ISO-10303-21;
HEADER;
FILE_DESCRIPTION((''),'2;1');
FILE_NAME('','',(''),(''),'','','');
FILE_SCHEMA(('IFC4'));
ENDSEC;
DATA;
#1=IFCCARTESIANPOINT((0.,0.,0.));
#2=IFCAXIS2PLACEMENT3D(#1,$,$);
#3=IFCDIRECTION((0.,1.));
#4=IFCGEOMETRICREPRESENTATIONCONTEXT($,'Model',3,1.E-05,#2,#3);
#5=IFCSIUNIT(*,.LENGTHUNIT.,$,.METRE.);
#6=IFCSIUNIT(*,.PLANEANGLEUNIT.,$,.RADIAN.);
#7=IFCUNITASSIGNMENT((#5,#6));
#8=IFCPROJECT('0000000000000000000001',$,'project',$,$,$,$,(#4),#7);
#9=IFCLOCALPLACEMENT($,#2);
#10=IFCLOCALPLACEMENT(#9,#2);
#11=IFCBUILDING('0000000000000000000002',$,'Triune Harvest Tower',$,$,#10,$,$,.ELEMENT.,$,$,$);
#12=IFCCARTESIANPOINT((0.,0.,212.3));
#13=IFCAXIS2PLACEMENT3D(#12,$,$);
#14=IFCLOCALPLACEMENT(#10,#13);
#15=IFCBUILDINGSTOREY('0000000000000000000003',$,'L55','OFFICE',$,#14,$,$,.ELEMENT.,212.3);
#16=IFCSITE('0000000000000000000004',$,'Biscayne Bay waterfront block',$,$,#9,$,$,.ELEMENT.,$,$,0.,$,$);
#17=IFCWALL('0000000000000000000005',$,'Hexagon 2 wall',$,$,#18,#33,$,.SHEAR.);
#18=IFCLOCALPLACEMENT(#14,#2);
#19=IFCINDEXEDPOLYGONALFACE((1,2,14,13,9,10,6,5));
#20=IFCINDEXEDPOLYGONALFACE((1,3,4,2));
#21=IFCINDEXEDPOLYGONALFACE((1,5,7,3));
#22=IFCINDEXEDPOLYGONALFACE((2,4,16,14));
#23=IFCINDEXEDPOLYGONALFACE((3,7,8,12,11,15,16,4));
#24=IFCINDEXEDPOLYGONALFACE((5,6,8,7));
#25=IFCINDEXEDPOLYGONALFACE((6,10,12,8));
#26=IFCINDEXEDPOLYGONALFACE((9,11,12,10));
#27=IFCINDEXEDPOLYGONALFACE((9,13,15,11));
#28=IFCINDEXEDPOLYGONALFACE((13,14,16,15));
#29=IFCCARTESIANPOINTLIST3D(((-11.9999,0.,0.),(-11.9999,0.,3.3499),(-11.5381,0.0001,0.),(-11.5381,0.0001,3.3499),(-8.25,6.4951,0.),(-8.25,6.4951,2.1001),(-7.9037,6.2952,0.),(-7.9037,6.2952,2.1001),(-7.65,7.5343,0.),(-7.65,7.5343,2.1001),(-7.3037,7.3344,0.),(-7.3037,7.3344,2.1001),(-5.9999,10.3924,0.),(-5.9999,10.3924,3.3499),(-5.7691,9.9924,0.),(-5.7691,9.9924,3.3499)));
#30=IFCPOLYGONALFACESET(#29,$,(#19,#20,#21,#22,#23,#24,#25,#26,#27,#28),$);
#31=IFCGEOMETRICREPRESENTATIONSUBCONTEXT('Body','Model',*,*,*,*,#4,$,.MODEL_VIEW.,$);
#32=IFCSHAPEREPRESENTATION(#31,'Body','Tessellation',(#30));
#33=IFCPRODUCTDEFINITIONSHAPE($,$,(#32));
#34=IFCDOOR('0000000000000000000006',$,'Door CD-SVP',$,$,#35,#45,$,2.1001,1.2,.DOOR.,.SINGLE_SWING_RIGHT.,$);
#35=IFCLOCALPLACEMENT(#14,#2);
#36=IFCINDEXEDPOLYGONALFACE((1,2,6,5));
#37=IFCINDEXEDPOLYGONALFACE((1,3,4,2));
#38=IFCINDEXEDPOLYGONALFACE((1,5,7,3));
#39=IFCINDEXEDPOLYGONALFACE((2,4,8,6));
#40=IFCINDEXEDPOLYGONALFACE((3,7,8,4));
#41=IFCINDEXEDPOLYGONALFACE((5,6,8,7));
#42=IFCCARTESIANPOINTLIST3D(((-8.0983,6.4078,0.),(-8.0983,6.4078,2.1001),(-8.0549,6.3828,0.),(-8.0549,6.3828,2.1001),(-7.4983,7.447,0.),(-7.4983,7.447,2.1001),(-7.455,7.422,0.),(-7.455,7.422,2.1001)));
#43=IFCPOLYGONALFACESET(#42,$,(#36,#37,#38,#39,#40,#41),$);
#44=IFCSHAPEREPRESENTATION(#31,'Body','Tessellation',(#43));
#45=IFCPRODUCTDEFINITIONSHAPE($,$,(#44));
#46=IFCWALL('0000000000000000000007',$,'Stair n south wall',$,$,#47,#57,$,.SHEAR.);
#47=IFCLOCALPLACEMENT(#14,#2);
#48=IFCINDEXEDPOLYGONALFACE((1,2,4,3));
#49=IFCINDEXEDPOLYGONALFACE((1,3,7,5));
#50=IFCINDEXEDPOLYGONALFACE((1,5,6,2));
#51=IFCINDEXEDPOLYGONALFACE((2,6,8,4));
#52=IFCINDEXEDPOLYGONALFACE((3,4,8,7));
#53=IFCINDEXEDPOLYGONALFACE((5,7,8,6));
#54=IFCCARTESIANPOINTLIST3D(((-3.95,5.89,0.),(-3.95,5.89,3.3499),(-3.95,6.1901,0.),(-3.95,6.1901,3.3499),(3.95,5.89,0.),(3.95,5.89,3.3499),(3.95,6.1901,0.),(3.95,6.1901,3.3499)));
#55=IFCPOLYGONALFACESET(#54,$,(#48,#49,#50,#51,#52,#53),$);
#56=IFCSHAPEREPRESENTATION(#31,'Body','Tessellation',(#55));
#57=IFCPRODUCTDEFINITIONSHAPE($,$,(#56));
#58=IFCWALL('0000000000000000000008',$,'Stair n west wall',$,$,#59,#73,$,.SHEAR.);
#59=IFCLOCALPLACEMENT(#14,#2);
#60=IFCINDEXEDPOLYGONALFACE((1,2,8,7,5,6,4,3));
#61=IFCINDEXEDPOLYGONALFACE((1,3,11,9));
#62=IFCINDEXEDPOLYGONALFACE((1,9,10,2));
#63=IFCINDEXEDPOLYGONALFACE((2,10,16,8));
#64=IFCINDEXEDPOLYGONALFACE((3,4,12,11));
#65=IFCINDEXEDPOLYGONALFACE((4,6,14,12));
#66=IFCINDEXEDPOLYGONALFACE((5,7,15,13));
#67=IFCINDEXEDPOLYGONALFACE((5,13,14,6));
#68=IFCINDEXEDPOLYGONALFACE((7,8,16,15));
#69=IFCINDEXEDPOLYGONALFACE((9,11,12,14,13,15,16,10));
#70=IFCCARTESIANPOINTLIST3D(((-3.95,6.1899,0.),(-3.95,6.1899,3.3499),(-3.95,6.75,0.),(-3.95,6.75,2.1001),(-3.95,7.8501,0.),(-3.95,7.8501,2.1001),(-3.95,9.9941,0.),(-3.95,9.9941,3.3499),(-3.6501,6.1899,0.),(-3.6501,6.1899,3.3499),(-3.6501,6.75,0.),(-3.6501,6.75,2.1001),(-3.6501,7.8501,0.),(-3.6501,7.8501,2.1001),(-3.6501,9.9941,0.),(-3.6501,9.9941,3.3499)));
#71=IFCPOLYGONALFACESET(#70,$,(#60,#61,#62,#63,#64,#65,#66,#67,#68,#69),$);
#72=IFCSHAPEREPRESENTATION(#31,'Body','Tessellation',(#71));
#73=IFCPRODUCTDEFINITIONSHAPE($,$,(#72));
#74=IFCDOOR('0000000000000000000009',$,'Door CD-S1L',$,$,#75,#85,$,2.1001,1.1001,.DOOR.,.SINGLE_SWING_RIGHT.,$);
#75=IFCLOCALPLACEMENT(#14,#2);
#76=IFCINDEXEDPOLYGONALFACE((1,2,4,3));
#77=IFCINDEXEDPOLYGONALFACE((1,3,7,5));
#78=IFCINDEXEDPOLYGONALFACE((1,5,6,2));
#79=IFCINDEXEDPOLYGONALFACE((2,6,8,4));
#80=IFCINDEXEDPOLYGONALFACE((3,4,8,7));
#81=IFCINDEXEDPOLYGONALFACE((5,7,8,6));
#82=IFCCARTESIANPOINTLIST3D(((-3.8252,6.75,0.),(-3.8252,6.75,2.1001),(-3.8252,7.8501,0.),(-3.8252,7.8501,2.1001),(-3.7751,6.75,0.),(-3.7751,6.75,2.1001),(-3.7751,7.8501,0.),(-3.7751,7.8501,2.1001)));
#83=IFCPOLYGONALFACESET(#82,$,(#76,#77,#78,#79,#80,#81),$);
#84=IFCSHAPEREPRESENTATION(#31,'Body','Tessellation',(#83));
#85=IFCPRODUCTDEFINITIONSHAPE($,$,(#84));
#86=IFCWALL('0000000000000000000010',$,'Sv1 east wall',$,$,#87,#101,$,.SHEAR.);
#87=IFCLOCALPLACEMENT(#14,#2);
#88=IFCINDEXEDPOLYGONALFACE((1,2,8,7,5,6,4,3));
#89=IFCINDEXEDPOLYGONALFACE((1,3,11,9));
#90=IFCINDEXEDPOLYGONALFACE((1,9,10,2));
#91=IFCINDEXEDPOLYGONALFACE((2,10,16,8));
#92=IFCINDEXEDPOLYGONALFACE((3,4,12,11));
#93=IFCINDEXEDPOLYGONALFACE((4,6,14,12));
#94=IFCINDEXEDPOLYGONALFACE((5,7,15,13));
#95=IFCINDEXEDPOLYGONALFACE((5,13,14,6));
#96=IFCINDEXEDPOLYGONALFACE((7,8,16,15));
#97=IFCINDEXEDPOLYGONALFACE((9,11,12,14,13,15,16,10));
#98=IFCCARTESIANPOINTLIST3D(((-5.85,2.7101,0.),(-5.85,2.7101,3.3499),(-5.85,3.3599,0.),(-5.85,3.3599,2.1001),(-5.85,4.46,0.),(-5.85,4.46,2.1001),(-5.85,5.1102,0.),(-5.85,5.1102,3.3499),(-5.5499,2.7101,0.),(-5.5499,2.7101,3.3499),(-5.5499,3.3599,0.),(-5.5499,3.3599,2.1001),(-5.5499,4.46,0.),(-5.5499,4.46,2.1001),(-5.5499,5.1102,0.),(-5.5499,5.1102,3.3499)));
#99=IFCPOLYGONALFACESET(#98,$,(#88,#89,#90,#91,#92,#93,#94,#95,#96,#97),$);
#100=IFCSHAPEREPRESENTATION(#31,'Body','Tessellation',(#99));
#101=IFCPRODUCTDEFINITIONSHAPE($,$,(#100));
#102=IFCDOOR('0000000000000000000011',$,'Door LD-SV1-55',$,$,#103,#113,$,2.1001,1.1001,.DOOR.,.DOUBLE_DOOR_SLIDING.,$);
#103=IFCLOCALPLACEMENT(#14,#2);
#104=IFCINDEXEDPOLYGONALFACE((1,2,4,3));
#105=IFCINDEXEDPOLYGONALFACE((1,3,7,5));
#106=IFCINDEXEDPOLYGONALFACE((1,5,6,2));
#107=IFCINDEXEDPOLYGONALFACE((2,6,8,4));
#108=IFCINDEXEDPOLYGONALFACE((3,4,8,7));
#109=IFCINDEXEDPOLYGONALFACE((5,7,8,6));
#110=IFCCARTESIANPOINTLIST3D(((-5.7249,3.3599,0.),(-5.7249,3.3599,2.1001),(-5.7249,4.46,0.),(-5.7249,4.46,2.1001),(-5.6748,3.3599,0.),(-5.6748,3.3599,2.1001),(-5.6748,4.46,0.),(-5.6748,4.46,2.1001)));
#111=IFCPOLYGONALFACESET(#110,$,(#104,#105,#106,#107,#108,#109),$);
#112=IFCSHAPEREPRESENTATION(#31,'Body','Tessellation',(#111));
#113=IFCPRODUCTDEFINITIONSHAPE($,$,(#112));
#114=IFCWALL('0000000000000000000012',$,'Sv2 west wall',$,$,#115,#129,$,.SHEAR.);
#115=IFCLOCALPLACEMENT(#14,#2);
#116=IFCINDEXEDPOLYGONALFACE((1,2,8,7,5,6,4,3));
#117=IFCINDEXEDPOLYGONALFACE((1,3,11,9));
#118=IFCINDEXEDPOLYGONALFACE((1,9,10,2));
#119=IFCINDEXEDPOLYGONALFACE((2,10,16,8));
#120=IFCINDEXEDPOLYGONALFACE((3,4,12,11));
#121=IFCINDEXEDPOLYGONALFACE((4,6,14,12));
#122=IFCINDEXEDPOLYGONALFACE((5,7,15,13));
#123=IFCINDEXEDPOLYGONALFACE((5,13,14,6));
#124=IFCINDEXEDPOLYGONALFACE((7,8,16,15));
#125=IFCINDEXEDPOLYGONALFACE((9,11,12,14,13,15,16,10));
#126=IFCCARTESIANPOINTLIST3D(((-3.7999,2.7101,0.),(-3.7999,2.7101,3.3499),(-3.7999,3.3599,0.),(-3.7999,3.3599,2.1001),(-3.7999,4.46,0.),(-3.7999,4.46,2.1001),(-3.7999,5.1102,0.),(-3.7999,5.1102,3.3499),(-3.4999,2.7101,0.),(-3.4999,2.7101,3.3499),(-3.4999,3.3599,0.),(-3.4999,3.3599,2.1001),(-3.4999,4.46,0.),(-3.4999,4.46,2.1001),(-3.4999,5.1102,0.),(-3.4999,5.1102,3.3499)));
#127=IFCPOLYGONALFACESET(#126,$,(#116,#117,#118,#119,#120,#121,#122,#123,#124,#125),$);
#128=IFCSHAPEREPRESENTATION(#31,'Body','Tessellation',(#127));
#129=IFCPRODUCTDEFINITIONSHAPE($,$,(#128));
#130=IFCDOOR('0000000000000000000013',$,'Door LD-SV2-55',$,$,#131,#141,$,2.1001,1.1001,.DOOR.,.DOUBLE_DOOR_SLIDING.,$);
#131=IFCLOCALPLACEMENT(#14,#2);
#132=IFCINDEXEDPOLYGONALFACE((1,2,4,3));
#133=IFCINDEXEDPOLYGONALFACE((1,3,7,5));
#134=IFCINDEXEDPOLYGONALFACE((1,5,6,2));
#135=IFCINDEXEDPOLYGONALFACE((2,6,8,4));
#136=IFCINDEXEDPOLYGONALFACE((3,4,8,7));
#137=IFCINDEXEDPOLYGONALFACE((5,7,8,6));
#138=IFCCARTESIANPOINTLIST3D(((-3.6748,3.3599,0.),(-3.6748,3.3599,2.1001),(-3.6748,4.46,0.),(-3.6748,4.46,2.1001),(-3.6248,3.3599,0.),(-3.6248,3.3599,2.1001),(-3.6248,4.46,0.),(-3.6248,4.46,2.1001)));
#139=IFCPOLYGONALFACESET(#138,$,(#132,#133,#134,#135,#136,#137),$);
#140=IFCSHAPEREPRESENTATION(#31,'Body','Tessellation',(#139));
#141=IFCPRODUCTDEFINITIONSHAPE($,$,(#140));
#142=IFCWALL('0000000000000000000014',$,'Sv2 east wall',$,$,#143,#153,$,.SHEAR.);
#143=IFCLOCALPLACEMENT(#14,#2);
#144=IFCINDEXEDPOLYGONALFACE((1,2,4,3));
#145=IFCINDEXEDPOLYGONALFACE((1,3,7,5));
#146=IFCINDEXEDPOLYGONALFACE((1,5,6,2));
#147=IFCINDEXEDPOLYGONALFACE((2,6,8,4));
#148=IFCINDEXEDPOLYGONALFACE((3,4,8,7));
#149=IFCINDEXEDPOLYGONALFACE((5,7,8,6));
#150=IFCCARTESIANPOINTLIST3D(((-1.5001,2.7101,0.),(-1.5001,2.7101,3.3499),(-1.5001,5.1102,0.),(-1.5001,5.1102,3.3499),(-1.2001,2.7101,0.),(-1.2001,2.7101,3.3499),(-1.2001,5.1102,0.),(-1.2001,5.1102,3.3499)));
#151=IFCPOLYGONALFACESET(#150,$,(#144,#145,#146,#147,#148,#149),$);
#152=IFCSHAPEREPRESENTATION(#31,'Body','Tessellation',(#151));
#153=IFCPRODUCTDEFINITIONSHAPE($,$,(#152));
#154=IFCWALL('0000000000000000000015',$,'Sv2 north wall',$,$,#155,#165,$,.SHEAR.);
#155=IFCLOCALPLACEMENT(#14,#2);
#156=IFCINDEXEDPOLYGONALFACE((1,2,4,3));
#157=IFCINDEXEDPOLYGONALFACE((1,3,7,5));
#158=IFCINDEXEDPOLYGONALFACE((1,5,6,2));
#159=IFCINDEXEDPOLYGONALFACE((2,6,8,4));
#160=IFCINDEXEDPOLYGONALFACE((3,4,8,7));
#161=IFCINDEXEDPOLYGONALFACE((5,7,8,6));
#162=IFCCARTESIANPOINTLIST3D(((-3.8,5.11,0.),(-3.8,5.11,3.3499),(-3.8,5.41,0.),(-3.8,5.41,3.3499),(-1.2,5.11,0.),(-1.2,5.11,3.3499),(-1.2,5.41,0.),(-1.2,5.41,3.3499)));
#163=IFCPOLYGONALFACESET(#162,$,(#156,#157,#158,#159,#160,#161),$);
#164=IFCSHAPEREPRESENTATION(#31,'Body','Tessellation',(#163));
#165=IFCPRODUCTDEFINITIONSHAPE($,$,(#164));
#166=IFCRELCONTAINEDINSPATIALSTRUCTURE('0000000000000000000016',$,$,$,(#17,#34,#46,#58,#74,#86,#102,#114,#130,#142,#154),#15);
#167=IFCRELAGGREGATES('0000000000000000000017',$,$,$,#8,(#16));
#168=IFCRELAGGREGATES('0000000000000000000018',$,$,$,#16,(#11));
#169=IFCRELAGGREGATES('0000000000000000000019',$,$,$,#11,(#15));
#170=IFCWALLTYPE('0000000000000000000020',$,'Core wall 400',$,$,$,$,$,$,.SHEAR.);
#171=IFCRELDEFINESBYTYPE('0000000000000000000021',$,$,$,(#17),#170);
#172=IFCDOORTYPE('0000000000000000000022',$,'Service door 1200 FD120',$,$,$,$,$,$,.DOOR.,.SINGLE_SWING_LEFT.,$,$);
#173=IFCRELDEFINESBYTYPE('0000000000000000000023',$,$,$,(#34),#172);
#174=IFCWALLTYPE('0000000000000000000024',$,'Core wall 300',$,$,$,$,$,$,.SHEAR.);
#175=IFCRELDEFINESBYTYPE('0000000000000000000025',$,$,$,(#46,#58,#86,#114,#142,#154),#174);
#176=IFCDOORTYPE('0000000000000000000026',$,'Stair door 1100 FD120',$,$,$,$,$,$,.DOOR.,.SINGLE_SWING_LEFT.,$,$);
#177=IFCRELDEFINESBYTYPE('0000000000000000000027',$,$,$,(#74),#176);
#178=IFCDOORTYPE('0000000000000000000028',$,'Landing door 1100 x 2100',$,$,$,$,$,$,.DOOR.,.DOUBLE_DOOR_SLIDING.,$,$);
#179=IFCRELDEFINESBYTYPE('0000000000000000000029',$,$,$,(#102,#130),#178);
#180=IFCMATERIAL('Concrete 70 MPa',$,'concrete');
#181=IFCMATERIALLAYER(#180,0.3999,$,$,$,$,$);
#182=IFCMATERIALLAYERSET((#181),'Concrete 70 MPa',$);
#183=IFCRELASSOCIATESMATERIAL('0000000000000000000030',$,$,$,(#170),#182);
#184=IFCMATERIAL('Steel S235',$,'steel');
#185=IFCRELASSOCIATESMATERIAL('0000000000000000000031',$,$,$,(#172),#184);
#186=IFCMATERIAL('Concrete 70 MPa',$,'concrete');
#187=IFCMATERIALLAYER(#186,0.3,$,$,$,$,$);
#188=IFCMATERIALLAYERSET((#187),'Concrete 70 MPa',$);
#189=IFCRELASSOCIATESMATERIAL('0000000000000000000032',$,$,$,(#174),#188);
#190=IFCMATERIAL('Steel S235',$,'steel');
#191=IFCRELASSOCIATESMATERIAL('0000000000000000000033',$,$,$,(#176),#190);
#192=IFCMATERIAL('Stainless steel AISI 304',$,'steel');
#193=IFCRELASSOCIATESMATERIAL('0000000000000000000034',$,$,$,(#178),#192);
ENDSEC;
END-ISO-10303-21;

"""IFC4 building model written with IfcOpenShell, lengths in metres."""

from ifc_helpers import new_model, si_unit, direction, frame, frame_2d, origin, place, context, subcontext, project, spatial, polyline, rectangle, outline, extrude, source, transform, mapped, material, layer, layer_set, type_object, element, fill, save


model = new_model("IFC4")

# Units and contexts
model_context = context("Model", 3, precision=1e-05, world=origin(), true_north=direction((0.0, 1.0)))
body_context = subcontext(model_context, "Body", "Model", "MODEL_VIEW")
ifc_project = project(units=[si_unit("LENGTHUNIT", "METRE"), si_unit("PLANEANGLEUNIT", "RADIAN")], contexts=[model_context])

# Site, building, storey
site_placement = place(None, origin())
site = spatial("IfcSite", under=ifc_project, at=site_placement, Name="Biscayne Bay waterfront block", CompositionType="ELEMENT", RefElevation=0.0)
building_placement = place(site_placement, origin())
building = spatial("IfcBuilding", under=site, at=building_placement, Name="Triune Harvest Tower", CompositionType="ELEMENT")
storey_placement = place(building_placement, frame((0.0, 0.0, 212.3)))
storey = spatial("IfcBuildingStorey", under=building, at=storey_placement, Name="L55", Description="OFFICE", CompositionType="ELEMENT", Elevation=212.3)

# Wall, opening, door
ifc_material_1 = material(Name="Concrete 70 MPa", Category="concrete")
ifc_layer_1 = layer(ifc_material_1, 0.3999)
ifc_layer_set_1 = layer_set([ifc_layer_1], Name="Concrete 70 MPa")
wall_type_1 = type_object("IfcWallType", Name="Core wall 400", PredefinedType="SHEAR", material=ifc_layer_set_1)
shared_shape_1 = source(origin(), body_context, "Body", "SweptSolid", [
    extrude(outline(polyline([(-0.1155, -0.2), (11.8845, -0.2), (11.6536, 0.2), (0.1155, 0.2), (-0.1155, -0.2)])), origin(), (0.0, 0.0, 1.0), 3.3499),
])
wall_1_placement = place(storey_placement, frame((-5.8845, 10.1924, 0.0), z_axis=(0.0, 0.0, 1.0), x_axis=(-0.499997, -0.866027, 0.0)))
wall_1 = element("IfcWall", 1, at=wall_1_placement, inside=storey, type_object=wall_type_1, Name="Hexagon 2 wall", PredefinedType="SHEAR", context=body_context, shape_type="MappedRepresentation", body=[
    mapped(shared_shape_1, transform((0.0, 0.0, 0.0), scale=1.0)),
])
opening_1_placement = place(wall_1_placement, frame((3.1846, 0.0, 0.0)))
opening_1 = element("IfcOpeningElement", 2, at=opening_1_placement, cuts=wall_1, PredefinedType="OPENING", context=body_context, shape_type="SweptSolid", body=[
    extrude(rectangle(XDim=1.2, YDim=2.1001, at=frame_2d((0.6001, 1.05))), frame((0.0, 0.21, 0.0), z_axis=(0.0, -1.0, 0.0), x_axis=(1.0, 0.0, 0.0)), (0.0, 0.0, 1.0), 0.4199),
])
ifc_material_2 = material(Name="Steel S235", Category="steel")
door_type_1 = type_object("IfcDoorType", Name="Service door 1200 FD120", OperationType="SINGLE_SWING_LEFT", PredefinedType="DOOR", material=ifc_material_2)
door_1_placement = place(opening_1_placement, frame((1.2, 0.0, 0.0), z_axis=(0.0, 0.0, 1.0), x_axis=(-1.0, 0.0, 0.0)))
door_1 = element("IfcDoor", 3, at=door_1_placement, inside=storey, type_object=door_type_1, Name="Door CD-SVP", OperationType="SINGLE_SWING_RIGHT", OverallHeight=2.1001, OverallWidth=1.2, PredefinedType="DOOR", context=body_context, shape_type="SweptSolid", body=[
    extrude(rectangle(XDim=1.2, YDim=2.1001, at=frame_2d((0.6001, 1.05))), frame((0.0, 0.0249, 0.0), z_axis=(0.0, -1.0, 0.0), x_axis=(1.0, 0.0, 0.0)), (0.0, 0.0, 1.0), 0.05),
])
fill(opening_1, door_1)

# Wall
ifc_material_3 = material(Name="Concrete 70 MPa", Category="concrete")
ifc_layer_2 = layer(ifc_material_3, 0.3)
ifc_layer_set_2 = layer_set([ifc_layer_2], Name="Concrete 70 MPa")
wall_type_2 = type_object("IfcWallType", Name="Core wall 300", PredefinedType="SHEAR", material=ifc_layer_set_2)
shared_shape_2 = source(origin(), body_context, "Body", "SweptSolid", [
    extrude(rectangle(XDim=7.8999, YDim=0.3, at=frame_2d((3.95, 0.0))), origin(), (0.0, 0.0, 1.0), 3.3499),
])
wall_2_placement = place(storey_placement, frame((-3.95, 6.04, 0.0), z_axis=(0.0, 0.0, 1.0), x_axis=(1.0, 0.0, 0.0)))
element("IfcWall", 4, at=wall_2_placement, inside=storey, type_object=wall_type_2, Name="Stair n south wall", PredefinedType="SHEAR", context=body_context, shape_type="MappedRepresentation", body=[
    mapped(shared_shape_2, transform((0.0, 0.0, 0.0), scale=1.0)),
])

# Walls, openings, doors
shared_shape_3 = source(origin(), body_context, "Body", "SweptSolid", [
    extrude(outline(polyline([(0.0, -0.1499), (0.0, 0.1499), (3.8042, 0.1499), (3.8042, -0.1499), (0.0, -0.1499)])), origin(), (0.0, 0.0, 1.0), 3.3499),
])
wall_3_placement = place(storey_placement, frame((-3.8, 6.1899, 0.0), z_axis=(0.0, 0.0, 1.0), x_axis=(0.0, 1.0, 0.0)))
wall_3 = element("IfcWall", 5, at=wall_3_placement, inside=storey, type_object=wall_type_2, Name="Stair n west wall", PredefinedType="SHEAR", context=body_context, shape_type="MappedRepresentation", body=[
    mapped(shared_shape_3, transform((0.0, 0.0, 0.0), scale=1.0)),
])
opening_2_placement = place(wall_3_placement, frame((0.5601, 0.0, 0.0)))
opening_2 = element("IfcOpeningElement", 6, at=opening_2_placement, cuts=wall_3, PredefinedType="OPENING", context=body_context, shape_type="SweptSolid", body=[
    extrude(rectangle(XDim=1.1001, YDim=2.1001, at=frame_2d((0.55, 1.05))), frame((0.0, 0.1602, 0.0), z_axis=(0.0, -1.0, 0.0), x_axis=(1.0, 0.0, 0.0)), (0.0, 0.0, 1.0), 0.3201),
])
ifc_material_4 = material(Name="Steel S235", Category="steel")
door_type_2 = type_object("IfcDoorType", Name="Stair door 1100 FD120", OperationType="SINGLE_SWING_LEFT", PredefinedType="DOOR", material=ifc_material_4)
door_2_placement = place(opening_2_placement, frame((1.1001, 0.0, 0.0), z_axis=(0.0, 0.0, 1.0), x_axis=(-1.0, 0.0, 0.0)))
door_2 = element("IfcDoor", 7, at=door_2_placement, inside=storey, type_object=door_type_2, Name="Door CD-S1L", OperationType="SINGLE_SWING_RIGHT", OverallHeight=2.1001, OverallWidth=1.1001, PredefinedType="DOOR", context=body_context, shape_type="SweptSolid", body=[
    extrude(rectangle(XDim=1.1001, YDim=2.1001, at=frame_2d((0.55, 1.05))), frame((0.0, 0.0249, 0.0), z_axis=(0.0, -1.0, 0.0), x_axis=(1.0, 0.0, 0.0)), (0.0, 0.0, 1.0), 0.05),
])
fill(opening_2, door_2)
shared_shape_4 = source(origin(), body_context, "Body", "SweptSolid", [
    extrude(rectangle(XDim=2.4001, YDim=0.3, at=frame_2d((1.2002, 0.0))), origin(), (0.0, 0.0, 1.0), 3.3499),
])
wall_4_placement = place(storey_placement, frame((-5.7, 2.71, 0.0), z_axis=(0.0, 0.0, 1.0), x_axis=(0.0, 1.0, 0.0)))
wall_4 = element("IfcWall", 8, at=wall_4_placement, inside=storey, type_object=wall_type_2, Name="Sv1 east wall", PredefinedType="SHEAR", context=body_context, shape_type="MappedRepresentation", body=[
    mapped(shared_shape_4, transform((0.0, 0.0, 0.0), scale=1.0)),
])
opening_3_placement = place(wall_4_placement, frame((0.6499, 0.0, 0.0)))
opening_3 = element("IfcOpeningElement", 9, at=opening_3_placement, cuts=wall_4, PredefinedType="OPENING", context=body_context, shape_type="SweptSolid", body=[
    extrude(rectangle(XDim=1.1001, YDim=2.1001, at=frame_2d((0.55, 1.05))), frame((0.0, 0.1602, 0.0), z_axis=(0.0, -1.0, 0.0), x_axis=(1.0, 0.0, 0.0)), (0.0, 0.0, 1.0), 0.3201),
])
ifc_material_5 = material(Name="Stainless steel AISI 304", Category="steel")
door_type_3 = type_object("IfcDoorType", Name="Landing door 1100 x 2100", OperationType="DOUBLE_DOOR_SLIDING", PredefinedType="DOOR", material=ifc_material_5)
door_3_placement = place(opening_3_placement, origin())
door_3 = element("IfcDoor", 10, at=door_3_placement, inside=storey, type_object=door_type_3, Name="Door LD-SV1-55", OperationType="DOUBLE_DOOR_SLIDING", OverallHeight=2.1001, OverallWidth=1.1001, PredefinedType="DOOR", context=body_context, shape_type="SweptSolid", body=[
    extrude(rectangle(XDim=1.1001, YDim=2.1001, at=frame_2d((0.55, 1.05))), frame((0.0, 0.0249, 0.0), z_axis=(0.0, -1.0, 0.0), x_axis=(1.0, 0.0, 0.0)), (0.0, 0.0, 1.0), 0.05),
])
fill(opening_3, door_3)
wall_5_placement = place(storey_placement, frame((-3.6499, 2.71, 0.0), z_axis=(0.0, 0.0, 1.0), x_axis=(0.0, 1.0, 0.0)))
wall_5 = element("IfcWall", 11, at=wall_5_placement, inside=storey, type_object=wall_type_2, Name="Sv2 west wall", PredefinedType="SHEAR", context=body_context, shape_type="MappedRepresentation", body=[
    mapped(shared_shape_4, transform((0.0, 0.0, 0.0), scale=1.0)),
])
opening_4_placement = place(wall_5_placement, frame((0.6499, 0.0, 0.0)))
opening_4 = element("IfcOpeningElement", 12, at=opening_4_placement, cuts=wall_5, PredefinedType="OPENING", context=body_context, shape_type="SweptSolid", body=[
    extrude(rectangle(XDim=1.1001, YDim=2.1001, at=frame_2d((0.55, 1.05))), frame((0.0, 0.1602, 0.0), z_axis=(0.0, -1.0, 0.0), x_axis=(1.0, 0.0, 0.0)), (0.0, 0.0, 1.0), 0.3201),
])
door_4_placement = place(opening_4_placement, origin())
door_4 = element("IfcDoor", 13, at=door_4_placement, inside=storey, type_object=door_type_3, Name="Door LD-SV2-55", OperationType="DOUBLE_DOOR_SLIDING", OverallHeight=2.1001, OverallWidth=1.1001, PredefinedType="DOOR", context=body_context, shape_type="SweptSolid", body=[
    extrude(rectangle(XDim=1.1001, YDim=2.1001, at=frame_2d((0.55, 1.05))), frame((0.0, 0.0249, 0.0), z_axis=(0.0, -1.0, 0.0), x_axis=(1.0, 0.0, 0.0)), (0.0, 0.0, 1.0), 0.05),
])
fill(opening_4, door_4)

# Walls
wall_6_placement = place(storey_placement, frame((-1.3501, 2.71, 0.0), z_axis=(0.0, 0.0, 1.0), x_axis=(0.0, 1.0, 0.0)))
element("IfcWall", 14, at=wall_6_placement, inside=storey, type_object=wall_type_2, Name="Sv2 east wall", PredefinedType="SHEAR", context=body_context, shape_type="MappedRepresentation", body=[
    mapped(shared_shape_4, transform((0.0, 0.0, 0.0), scale=1.0)),
])
shared_shape_5 = source(origin(), body_context, "Body", "SweptSolid", [
    extrude(rectangle(XDim=2.6001, YDim=0.3, at=frame_2d((1.3, 0.0))), origin(), (0.0, 0.0, 1.0), 3.3499),
])
wall_7_placement = place(storey_placement, frame((-3.8, 5.26, 0.0), z_axis=(0.0, 0.0, 1.0), x_axis=(1.0, 0.0, 0.0)))
element("IfcWall", 15, at=wall_7_placement, inside=storey, type_object=wall_type_2, Name="Sv2 north wall", PredefinedType="SHEAR", context=body_context, shape_type="MappedRepresentation", body=[
    mapped(shared_shape_5, transform((0.0, 0.0, 0.0), scale=1.0)),
])

save(model, "model.ifc")
